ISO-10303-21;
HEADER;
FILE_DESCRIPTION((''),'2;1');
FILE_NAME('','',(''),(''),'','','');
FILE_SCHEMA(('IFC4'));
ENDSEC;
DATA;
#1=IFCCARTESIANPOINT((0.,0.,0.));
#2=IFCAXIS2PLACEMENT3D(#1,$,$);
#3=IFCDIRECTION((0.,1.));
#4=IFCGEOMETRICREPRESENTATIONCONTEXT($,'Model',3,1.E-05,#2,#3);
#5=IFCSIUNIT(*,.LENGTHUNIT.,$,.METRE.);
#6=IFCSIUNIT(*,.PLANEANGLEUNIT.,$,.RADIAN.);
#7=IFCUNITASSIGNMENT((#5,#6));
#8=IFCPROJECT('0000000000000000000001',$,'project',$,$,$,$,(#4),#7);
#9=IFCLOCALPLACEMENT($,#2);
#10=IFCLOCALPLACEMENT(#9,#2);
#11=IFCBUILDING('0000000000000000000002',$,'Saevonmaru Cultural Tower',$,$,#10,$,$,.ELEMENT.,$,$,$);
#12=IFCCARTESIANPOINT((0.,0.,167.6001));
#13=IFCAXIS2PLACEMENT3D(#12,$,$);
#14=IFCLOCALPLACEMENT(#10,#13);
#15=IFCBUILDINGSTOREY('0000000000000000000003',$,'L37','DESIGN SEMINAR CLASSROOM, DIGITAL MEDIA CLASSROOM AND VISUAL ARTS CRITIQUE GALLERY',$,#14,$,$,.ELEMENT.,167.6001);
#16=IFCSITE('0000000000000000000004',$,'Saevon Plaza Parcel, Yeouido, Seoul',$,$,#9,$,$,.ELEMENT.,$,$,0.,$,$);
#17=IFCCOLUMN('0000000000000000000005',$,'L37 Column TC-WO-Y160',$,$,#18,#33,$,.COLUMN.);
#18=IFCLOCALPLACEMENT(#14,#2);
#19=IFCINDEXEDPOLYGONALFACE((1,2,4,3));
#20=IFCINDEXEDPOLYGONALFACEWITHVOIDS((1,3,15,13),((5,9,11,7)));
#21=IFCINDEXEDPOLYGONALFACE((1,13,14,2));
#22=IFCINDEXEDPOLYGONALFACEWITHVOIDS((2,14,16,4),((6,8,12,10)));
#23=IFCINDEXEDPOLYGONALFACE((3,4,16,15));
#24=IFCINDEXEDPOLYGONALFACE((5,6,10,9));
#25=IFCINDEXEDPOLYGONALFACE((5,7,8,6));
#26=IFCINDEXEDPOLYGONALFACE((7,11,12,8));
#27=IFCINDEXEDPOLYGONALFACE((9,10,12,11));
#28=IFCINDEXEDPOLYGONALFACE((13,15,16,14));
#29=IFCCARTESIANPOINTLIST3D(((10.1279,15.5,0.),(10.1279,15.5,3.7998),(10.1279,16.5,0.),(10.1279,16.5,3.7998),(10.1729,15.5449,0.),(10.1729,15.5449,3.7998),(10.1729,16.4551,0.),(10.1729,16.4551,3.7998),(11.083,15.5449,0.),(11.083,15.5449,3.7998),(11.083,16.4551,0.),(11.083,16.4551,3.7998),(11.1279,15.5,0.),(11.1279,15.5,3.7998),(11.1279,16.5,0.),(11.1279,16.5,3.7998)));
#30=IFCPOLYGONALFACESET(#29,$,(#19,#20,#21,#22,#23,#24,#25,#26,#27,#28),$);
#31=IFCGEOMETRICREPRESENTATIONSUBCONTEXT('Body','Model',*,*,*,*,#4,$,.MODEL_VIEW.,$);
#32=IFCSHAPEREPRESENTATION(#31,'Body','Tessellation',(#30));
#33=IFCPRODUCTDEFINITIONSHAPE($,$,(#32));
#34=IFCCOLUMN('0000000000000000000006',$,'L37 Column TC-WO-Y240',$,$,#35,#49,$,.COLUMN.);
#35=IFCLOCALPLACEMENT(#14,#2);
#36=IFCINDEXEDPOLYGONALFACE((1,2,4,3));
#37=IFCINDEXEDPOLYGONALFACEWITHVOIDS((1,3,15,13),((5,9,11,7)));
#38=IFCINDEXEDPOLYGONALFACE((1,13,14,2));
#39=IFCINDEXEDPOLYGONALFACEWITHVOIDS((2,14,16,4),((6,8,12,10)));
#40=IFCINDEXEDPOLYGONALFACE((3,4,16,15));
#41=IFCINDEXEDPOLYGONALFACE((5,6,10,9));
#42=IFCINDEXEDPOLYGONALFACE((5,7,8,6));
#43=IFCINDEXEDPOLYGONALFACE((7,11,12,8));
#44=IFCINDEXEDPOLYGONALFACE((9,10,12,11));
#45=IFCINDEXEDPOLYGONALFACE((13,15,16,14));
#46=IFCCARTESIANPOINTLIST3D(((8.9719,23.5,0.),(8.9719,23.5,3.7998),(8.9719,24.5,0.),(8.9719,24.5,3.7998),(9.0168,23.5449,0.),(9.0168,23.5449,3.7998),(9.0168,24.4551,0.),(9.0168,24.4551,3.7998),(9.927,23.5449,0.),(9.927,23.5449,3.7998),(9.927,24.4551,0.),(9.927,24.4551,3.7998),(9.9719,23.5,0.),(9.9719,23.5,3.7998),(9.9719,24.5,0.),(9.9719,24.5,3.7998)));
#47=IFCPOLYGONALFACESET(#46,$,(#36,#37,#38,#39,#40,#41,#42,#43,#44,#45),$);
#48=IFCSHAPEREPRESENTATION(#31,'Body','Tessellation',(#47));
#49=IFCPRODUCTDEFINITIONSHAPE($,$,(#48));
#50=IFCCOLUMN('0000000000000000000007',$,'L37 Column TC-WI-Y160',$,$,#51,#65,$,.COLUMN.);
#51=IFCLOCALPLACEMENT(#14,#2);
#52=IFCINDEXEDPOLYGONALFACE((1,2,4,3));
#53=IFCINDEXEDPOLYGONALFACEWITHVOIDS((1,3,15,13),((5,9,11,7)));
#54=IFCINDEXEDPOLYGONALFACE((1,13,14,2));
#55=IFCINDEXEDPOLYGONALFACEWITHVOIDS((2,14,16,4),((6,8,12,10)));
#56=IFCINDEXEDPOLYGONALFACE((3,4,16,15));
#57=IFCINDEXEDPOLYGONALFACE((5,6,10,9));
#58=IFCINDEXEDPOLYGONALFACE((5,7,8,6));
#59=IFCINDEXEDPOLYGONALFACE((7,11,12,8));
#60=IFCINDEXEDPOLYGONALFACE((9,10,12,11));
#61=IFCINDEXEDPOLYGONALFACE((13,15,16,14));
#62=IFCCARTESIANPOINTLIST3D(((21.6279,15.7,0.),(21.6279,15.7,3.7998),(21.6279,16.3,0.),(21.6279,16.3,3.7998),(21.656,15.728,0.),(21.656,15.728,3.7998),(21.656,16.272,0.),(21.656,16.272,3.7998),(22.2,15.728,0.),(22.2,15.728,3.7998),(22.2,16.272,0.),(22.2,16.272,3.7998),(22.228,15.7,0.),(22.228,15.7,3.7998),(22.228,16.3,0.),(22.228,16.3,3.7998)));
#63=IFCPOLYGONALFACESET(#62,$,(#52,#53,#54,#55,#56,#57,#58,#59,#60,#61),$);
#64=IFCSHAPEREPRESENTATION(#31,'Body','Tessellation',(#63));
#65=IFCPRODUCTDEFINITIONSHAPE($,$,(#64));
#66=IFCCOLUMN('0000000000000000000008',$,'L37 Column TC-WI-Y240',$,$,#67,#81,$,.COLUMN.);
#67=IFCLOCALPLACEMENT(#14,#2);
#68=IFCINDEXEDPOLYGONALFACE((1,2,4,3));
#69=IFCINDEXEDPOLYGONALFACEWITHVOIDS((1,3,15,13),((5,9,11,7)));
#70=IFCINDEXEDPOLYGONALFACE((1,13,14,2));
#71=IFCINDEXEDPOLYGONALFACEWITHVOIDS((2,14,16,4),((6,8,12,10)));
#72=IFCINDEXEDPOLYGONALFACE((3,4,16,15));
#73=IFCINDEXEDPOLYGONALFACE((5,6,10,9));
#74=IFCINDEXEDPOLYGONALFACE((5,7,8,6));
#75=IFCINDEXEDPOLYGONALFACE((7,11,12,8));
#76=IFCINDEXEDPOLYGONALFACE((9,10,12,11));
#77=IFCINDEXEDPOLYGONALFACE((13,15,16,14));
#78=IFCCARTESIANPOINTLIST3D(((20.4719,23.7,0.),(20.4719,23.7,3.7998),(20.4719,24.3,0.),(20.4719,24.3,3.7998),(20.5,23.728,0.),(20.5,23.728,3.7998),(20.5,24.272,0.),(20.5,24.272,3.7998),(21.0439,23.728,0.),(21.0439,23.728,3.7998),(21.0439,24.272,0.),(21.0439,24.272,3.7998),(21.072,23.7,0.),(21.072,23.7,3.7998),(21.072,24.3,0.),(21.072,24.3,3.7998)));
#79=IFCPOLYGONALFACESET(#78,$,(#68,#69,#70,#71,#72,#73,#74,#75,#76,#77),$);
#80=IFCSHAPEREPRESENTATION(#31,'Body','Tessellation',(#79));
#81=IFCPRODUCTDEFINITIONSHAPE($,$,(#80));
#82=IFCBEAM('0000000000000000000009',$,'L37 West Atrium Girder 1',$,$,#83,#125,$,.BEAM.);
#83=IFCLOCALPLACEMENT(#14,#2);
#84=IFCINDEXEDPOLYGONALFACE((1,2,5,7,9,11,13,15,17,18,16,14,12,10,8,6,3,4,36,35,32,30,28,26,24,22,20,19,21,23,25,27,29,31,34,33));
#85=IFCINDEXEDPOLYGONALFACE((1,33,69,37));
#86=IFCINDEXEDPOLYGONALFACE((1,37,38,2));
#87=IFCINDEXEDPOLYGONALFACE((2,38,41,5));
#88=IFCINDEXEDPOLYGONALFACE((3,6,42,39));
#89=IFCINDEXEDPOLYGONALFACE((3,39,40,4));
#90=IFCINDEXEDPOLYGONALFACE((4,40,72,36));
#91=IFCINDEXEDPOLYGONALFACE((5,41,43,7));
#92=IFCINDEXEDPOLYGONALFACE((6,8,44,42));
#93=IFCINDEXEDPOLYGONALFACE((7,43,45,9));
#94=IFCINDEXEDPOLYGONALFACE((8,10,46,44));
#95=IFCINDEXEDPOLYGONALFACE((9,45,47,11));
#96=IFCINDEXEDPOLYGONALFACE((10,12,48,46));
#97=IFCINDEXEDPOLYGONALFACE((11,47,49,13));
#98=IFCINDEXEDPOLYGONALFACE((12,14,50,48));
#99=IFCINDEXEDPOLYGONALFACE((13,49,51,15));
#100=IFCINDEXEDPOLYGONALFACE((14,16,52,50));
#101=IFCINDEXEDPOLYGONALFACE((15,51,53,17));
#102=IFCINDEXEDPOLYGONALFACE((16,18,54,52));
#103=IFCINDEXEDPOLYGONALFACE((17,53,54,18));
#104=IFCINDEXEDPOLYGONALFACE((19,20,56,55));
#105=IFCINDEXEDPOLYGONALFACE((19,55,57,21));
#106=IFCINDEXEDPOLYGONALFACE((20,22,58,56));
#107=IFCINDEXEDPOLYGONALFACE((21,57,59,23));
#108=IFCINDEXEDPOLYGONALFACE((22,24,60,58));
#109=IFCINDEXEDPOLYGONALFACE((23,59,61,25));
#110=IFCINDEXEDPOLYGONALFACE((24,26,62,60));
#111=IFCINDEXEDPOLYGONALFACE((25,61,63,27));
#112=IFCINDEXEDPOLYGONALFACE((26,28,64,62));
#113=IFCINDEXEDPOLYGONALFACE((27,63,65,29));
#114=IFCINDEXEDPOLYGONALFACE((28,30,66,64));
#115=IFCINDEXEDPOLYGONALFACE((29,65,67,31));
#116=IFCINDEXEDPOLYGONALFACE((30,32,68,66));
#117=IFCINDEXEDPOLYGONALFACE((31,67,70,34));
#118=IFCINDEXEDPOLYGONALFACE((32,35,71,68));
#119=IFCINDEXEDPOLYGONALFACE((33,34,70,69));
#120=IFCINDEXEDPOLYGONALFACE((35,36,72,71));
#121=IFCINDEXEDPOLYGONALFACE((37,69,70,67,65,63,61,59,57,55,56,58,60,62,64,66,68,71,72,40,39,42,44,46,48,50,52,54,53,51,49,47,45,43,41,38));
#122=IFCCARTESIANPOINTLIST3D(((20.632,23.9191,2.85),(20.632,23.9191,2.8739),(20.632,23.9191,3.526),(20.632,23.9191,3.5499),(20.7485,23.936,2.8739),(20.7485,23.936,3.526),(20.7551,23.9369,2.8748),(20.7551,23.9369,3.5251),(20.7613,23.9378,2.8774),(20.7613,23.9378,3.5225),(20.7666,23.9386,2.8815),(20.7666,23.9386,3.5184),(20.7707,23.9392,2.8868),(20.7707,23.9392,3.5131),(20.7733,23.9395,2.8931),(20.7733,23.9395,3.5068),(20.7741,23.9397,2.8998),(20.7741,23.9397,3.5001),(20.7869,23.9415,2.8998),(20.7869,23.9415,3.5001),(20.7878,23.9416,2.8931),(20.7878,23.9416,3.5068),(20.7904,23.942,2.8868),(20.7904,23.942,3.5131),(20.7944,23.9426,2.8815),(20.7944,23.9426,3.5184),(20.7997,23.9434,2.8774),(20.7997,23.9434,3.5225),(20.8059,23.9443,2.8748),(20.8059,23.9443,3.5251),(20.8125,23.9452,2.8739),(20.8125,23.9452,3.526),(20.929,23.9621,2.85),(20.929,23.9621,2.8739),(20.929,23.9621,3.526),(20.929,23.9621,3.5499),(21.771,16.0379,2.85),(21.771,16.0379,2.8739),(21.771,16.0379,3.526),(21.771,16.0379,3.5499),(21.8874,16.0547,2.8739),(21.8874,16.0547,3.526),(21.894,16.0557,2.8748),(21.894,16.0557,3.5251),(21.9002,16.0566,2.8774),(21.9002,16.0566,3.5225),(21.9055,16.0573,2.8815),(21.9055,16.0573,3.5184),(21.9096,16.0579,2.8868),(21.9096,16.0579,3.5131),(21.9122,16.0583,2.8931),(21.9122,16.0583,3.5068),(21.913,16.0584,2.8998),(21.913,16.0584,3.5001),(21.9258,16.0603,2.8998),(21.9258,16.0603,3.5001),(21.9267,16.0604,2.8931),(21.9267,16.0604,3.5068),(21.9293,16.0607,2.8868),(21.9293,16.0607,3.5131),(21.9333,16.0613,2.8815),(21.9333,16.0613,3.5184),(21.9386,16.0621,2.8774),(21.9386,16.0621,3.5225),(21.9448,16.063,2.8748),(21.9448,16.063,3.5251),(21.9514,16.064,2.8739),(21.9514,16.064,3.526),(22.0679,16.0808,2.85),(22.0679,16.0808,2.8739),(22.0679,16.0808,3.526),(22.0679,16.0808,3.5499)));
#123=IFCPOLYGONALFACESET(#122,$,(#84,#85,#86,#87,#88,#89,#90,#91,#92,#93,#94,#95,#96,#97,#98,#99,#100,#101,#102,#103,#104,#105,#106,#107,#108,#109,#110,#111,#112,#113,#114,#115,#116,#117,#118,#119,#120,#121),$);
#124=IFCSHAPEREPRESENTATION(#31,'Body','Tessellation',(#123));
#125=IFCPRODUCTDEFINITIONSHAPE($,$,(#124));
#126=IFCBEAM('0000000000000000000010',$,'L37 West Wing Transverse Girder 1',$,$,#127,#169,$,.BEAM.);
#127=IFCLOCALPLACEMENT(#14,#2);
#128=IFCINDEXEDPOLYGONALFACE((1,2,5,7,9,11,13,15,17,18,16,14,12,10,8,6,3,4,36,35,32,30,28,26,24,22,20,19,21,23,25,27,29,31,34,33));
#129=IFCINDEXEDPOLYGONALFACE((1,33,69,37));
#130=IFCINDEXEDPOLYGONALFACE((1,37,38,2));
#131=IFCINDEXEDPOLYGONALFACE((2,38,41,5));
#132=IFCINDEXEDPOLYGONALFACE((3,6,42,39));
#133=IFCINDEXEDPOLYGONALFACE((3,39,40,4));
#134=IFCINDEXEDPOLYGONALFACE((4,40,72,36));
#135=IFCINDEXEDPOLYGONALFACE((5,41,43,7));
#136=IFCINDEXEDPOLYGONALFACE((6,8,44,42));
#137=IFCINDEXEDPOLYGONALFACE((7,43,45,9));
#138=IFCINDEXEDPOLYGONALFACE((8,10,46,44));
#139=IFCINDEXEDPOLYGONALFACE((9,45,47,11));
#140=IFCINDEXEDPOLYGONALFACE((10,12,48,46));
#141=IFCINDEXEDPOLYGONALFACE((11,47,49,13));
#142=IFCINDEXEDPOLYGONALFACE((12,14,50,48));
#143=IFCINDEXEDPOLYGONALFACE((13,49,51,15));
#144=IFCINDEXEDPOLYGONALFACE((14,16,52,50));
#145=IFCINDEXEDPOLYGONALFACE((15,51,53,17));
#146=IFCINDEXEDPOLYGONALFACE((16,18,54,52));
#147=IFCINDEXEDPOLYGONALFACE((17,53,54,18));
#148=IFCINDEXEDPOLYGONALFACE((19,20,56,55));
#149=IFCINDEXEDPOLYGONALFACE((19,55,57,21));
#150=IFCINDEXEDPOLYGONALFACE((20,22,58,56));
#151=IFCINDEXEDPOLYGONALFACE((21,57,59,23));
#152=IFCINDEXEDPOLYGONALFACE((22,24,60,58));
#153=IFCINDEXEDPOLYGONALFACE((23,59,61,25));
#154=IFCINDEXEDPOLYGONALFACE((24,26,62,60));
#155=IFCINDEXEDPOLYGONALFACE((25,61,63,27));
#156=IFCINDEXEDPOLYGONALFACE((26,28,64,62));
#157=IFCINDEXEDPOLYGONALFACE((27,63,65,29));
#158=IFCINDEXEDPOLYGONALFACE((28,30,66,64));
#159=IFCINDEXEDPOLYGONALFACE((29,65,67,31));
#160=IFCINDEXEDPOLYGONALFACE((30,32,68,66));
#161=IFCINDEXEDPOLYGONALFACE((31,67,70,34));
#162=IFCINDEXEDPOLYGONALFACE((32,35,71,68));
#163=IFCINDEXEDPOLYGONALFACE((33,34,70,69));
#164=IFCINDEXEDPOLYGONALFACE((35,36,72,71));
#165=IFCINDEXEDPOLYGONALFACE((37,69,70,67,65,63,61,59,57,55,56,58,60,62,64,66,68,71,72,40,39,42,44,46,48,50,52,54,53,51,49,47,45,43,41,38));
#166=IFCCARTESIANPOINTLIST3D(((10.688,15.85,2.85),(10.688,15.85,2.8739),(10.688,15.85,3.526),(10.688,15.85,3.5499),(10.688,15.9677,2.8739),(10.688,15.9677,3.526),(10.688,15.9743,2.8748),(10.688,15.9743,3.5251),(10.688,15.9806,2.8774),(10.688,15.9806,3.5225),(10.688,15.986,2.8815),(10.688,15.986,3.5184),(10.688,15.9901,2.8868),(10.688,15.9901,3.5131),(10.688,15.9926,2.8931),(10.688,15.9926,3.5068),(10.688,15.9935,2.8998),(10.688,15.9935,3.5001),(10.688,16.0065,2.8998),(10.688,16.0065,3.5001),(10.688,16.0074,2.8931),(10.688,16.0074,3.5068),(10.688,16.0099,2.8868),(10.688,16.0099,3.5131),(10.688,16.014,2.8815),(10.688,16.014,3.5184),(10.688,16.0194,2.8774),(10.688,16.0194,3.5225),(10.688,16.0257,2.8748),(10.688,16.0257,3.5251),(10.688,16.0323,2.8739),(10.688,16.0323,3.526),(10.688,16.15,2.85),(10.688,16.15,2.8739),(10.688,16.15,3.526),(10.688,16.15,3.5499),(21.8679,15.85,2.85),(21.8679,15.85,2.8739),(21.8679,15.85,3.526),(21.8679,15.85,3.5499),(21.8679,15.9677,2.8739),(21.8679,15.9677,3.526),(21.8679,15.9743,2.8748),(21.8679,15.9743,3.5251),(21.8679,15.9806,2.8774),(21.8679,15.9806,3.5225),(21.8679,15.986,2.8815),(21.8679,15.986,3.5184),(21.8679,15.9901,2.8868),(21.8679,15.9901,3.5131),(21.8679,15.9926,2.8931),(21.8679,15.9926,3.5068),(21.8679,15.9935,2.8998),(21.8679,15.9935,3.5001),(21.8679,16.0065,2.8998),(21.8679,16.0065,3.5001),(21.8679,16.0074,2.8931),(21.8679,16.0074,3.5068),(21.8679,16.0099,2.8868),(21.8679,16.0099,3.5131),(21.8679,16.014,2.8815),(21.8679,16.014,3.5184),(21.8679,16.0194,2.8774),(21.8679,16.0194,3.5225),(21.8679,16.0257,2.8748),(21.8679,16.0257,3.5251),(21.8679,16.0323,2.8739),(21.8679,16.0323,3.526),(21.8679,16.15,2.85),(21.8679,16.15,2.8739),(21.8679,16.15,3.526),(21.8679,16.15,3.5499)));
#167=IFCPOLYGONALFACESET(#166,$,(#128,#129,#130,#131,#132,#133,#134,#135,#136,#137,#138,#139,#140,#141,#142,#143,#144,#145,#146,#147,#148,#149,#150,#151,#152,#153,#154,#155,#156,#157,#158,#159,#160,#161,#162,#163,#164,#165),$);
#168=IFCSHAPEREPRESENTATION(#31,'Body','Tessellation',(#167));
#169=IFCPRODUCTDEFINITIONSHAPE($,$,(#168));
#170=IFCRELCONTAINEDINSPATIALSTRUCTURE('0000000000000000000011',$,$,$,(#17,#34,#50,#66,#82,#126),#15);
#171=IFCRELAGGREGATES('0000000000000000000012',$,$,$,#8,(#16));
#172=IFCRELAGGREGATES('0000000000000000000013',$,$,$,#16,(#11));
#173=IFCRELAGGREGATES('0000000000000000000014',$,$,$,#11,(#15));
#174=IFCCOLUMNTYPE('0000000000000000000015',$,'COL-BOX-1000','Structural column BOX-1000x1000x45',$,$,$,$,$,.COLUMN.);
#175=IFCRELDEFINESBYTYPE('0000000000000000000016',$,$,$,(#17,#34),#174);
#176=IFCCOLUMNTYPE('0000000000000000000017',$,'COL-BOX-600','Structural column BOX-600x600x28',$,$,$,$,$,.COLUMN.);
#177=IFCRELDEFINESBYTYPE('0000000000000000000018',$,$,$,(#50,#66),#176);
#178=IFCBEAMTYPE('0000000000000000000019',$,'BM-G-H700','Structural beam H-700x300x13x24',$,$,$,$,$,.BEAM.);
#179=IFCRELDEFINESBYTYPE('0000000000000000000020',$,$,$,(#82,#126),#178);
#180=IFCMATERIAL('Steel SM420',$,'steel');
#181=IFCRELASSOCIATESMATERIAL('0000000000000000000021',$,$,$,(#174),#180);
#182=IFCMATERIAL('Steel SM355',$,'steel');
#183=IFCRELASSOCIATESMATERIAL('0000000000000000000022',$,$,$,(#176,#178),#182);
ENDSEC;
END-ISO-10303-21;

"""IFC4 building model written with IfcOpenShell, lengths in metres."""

from ifc_helpers import new_model, si_unit, direction, frame, origin, origin_2d, place, context, subcontext, project, spatial, hollow_rectangle, i_section, extrude, material, material_profile, profile_set, type_object, element, save


model = new_model("IFC4")

# Units and contexts
model_context = context("Model", 3, precision=1e-05, world=origin(), true_north=direction((0.0, 1.0)))
body_context = subcontext(model_context, "Body", "Model", "MODEL_VIEW")
ifc_project = project(units=[si_unit("LENGTHUNIT", "METRE"), si_unit("PLANEANGLEUNIT", "RADIAN")], contexts=[model_context])

# Site, building, storey
site_placement = place(None, origin())
site = spatial("IfcSite", under=ifc_project, at=site_placement, Name="Saevon Plaza Parcel, Yeouido, Seoul", CompositionType="ELEMENT", RefElevation=0.0)
building_placement = place(site_placement, origin())
building = spatial("IfcBuilding", under=site, at=building_placement, Name="Saevonmaru Cultural Tower", CompositionType="ELEMENT")
storey_placement = place(building_placement, frame((0.0, 0.0, 167.6001)))
storey = spatial("IfcBuildingStorey", under=building, at=storey_placement, Name="L37", Description="DESIGN SEMINAR CLASSROOM, DIGITAL MEDIA CLASSROOM AND VISUAL ARTS CRITIQUE GALLERY", CompositionType="ELEMENT", Elevation=167.6001)

# Columns
ifc_material_1 = material(Name="Steel SM420", Category="steel")
ifc_material_profile_1 = material_profile(ifc_material_1, hollow_rectangle(XDim=1.0, YDim=1.0, WallThickness=0.0449, at=origin_2d()), Name="BOX-1000x1000x45")
ifc_profile_set_1 = profile_set([ifc_material_profile_1], Name="Steel SM420")
column_type_1 = type_object("IfcColumnType", Name="COL-BOX-1000", Description="Structural column BOX-1000x1000x45", PredefinedType="COLUMN", material=ifc_profile_set_1)
for number, where, z_axis, x_axis, name in (
    (1, (10.6279, 16.0, 0.0), (0.0, 0.0, 1.0), (1.0, 0.0, 0.0), "L37 Column TC-WO-Y160"),
    (2, (9.4719, 24.0, 0.0), (0.0, 0.0, 1.0), (1.0, 0.0, 0.0), "L37 Column TC-WO-Y240"),
):
    element("IfcColumn", number, at=place(storey_placement, frame(where, z_axis=z_axis, x_axis=x_axis)), inside=storey, type_object=column_type_1, Name=name, PredefinedType="COLUMN", context=body_context, shape_type="SweptSolid", body=[
        extrude(hollow_rectangle(XDim=1.0, YDim=1.0, WallThickness=0.0449, at=origin_2d()), origin(), (0.0, 0.0, 1.0), 3.7998),
    ])
ifc_material_2 = material(Name="Steel SM355", Category="steel")
ifc_material_profile_2 = material_profile(ifc_material_2, hollow_rectangle(XDim=0.6001, YDim=0.6001, WallThickness=0.0281, at=origin_2d()), Name="BOX-600x600x28")
ifc_profile_set_2 = profile_set([ifc_material_profile_2], Name="Steel SM355")
column_type_2 = type_object("IfcColumnType", Name="COL-BOX-600", Description="Structural column BOX-600x600x28", PredefinedType="COLUMN", material=ifc_profile_set_2)
for number, where, z_axis, x_axis, name in (
    (3, (21.928, 16.0, 0.0), (0.0, 0.0, 1.0), (1.0, 0.0, 0.0), "L37 Column TC-WI-Y160"),
    (4, (20.772, 24.0, 0.0), (0.0, 0.0, 1.0), (1.0, 0.0, 0.0), "L37 Column TC-WI-Y240"),
):
    element("IfcColumn", number, at=place(storey_placement, frame(where, z_axis=z_axis, x_axis=x_axis)), inside=storey, type_object=column_type_2, Name=name, PredefinedType="COLUMN", context=body_context, shape_type="SweptSolid", body=[
        extrude(hollow_rectangle(XDim=0.6001, YDim=0.6001, WallThickness=0.0281, at=origin_2d()), origin(), (0.0, 0.0, 1.0), 3.7998),
    ])

# Beams
ifc_material_profile_3 = material_profile(ifc_material_2, i_section(OverallWidth=0.3, OverallDepth=0.7, WebThickness=0.0129, FlangeThickness=0.0239, FilletRadius=0.0259, at=origin_2d()), Name="H-700x300x13x24")
ifc_profile_set_3 = profile_set([ifc_material_profile_3], Name="Steel SM355")
beam_type_1 = type_object("IfcBeamType", Name="BM-G-H700", Description="Structural beam H-700x300x13x24", PredefinedType="BEAM", material=ifc_profile_set_3)
beam_1_placement = place(storey_placement, frame((21.9194, 16.0593, 3.2), z_axis=(-0.143022, 0.989719, 0.0), x_axis=(-0.989719, -0.143022, 0.0)))
element("IfcBeam", 5, at=beam_1_placement, inside=storey, type_object=beam_type_1, Name="L37 West Atrium Girder 1", PredefinedType="BEAM", context=body_context, shape_type="SweptSolid", body=[
    extrude(i_section(OverallWidth=0.3, OverallDepth=0.7, WebThickness=0.0129, FlangeThickness=0.0239, FilletRadius=0.0259, at=origin_2d()), origin(), (0.0, 0.0, 1.0), 7.9631),
])
for number, where, z_axis, x_axis, name in (
    (6, (10.688, 16.0, 3.2), (1.0, 0.0, 0.0), (0.0, 1.0, 0.0), "L37 West Wing Transverse Girder 1"),
):
    element("IfcBeam", number, at=place(storey_placement, frame(where, z_axis=z_axis, x_axis=x_axis)), inside=storey, type_object=beam_type_1, Name=name, PredefinedType="BEAM", context=body_context, shape_type="SweptSolid", body=[
        extrude(i_section(OverallWidth=0.3, OverallDepth=0.7, WebThickness=0.0129, FlangeThickness=0.0239, FilletRadius=0.0259, at=origin_2d()), origin(), (0.0, 0.0, 1.0), 11.1799),
    ])

save(model, "model.ifc")
